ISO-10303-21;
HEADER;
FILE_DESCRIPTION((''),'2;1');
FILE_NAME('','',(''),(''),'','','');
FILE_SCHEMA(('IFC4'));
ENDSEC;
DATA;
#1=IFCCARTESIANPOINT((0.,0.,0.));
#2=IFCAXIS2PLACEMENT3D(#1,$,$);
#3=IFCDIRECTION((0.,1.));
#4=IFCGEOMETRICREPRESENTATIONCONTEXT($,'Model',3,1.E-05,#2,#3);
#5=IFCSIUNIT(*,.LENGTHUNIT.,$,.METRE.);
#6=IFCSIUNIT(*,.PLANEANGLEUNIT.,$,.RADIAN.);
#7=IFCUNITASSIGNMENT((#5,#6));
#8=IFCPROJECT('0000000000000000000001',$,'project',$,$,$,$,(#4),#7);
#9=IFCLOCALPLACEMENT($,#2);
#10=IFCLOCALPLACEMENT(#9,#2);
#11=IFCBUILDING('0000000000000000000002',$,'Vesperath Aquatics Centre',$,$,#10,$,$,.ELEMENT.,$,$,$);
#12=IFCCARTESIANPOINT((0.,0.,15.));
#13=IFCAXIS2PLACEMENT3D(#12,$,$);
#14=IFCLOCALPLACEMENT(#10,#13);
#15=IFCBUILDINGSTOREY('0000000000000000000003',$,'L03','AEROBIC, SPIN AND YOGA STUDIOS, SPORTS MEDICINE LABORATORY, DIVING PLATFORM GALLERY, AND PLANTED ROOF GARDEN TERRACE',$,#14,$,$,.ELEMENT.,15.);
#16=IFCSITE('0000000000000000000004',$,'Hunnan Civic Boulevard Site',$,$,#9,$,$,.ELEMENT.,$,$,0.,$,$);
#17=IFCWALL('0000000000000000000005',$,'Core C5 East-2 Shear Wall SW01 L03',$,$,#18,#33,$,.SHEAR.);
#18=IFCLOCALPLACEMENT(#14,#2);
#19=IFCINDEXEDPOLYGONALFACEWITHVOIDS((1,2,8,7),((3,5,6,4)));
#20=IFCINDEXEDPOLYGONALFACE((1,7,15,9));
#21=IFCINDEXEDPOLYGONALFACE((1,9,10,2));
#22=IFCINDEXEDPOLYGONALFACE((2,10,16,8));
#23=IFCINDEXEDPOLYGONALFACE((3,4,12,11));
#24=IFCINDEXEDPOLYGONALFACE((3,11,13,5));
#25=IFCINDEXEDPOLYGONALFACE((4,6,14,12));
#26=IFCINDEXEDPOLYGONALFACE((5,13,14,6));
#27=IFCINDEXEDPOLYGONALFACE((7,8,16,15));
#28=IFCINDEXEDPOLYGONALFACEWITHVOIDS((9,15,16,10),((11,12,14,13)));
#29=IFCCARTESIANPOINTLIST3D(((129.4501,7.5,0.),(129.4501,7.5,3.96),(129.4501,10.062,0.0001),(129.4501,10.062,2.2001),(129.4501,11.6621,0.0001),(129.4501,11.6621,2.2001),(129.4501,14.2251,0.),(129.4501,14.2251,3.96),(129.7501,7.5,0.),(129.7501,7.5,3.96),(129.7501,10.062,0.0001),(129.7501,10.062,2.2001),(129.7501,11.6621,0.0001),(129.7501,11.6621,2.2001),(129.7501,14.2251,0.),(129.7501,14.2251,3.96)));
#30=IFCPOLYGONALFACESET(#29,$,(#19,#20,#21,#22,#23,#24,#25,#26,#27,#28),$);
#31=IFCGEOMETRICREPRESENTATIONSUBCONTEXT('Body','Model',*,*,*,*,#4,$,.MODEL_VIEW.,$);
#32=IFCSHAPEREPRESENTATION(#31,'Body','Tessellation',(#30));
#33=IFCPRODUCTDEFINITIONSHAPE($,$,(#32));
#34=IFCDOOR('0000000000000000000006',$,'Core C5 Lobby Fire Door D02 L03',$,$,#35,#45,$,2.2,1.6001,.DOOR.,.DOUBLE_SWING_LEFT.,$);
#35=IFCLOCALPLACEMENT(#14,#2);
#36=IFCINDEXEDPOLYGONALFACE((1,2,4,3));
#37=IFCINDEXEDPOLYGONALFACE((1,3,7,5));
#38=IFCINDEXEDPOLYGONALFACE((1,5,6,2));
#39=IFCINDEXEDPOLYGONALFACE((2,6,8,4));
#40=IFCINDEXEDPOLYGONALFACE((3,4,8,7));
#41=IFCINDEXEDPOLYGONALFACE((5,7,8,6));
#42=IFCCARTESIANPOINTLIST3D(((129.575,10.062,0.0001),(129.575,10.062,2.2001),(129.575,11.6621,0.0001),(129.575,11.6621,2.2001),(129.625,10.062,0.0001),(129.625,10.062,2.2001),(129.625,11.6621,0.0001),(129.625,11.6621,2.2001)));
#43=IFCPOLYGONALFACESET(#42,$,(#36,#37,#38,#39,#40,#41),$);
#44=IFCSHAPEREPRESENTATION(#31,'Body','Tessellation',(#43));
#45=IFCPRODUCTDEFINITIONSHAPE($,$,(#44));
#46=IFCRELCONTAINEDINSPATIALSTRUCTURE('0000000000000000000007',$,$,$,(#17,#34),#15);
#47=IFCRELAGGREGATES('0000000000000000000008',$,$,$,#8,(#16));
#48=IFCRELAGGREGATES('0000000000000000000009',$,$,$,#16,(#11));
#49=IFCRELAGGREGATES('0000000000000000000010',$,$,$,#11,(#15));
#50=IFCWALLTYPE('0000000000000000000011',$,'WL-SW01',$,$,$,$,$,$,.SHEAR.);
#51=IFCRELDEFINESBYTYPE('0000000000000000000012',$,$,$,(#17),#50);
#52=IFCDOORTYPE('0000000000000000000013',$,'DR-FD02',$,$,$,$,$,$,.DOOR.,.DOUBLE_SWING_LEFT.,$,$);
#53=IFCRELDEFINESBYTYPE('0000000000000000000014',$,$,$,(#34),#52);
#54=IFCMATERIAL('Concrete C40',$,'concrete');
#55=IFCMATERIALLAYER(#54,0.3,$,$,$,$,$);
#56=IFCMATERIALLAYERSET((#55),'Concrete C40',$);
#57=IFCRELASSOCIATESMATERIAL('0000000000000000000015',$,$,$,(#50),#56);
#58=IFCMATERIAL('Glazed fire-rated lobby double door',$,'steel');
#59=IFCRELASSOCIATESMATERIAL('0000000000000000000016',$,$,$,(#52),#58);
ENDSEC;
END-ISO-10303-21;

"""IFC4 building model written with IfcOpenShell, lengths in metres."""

from ifc_helpers import new_model, si_unit, direction, frame, frame_2d, origin, place, context, subcontext, project, spatial, rectangle, extrude, material, layer, layer_set, type_object, element, fill, save


model = new_model("IFC4")

# Units and contexts
model_context = context("Model", 3, precision=1e-05, world=origin(), true_north=direction((0.0, 1.0)))
body_context = subcontext(model_context, "Body", "Model", "MODEL_VIEW")
ifc_project = project(units=[si_unit("LENGTHUNIT", "METRE"), si_unit("PLANEANGLEUNIT", "RADIAN")], contexts=[model_context])

# Site, building, storey
site_placement = place(None, origin())
site = spatial("IfcSite", under=ifc_project, at=site_placement, Name="Hunnan Civic Boulevard Site", CompositionType="ELEMENT", RefElevation=0.0)
building_placement = place(site_placement, origin())
building = spatial("IfcBuilding", under=site, at=building_placement, Name="Vesperath Aquatics Centre", CompositionType="ELEMENT")
storey_placement = place(building_placement, frame((0.0, 0.0, 15.0)))
storey = spatial("IfcBuildingStorey", under=building, at=storey_placement, Name="L03", Description="AEROBIC, SPIN AND YOGA STUDIOS, SPORTS MEDICINE LABORATORY, DIVING PLATFORM GALLERY, AND PLANTED ROOF GARDEN TERRACE", CompositionType="ELEMENT", Elevation=15.0)

# Shared definitions
ifc_material_1 = material(Name="Concrete C40", Category="concrete")

# Wall, opening, door
ifc_layer_1 = layer(ifc_material_1, 0.3)
ifc_layer_set_1 = layer_set([ifc_layer_1], Name="Concrete C40")
wall_type_1 = type_object("IfcWallType", Name="WL-SW01", PredefinedType="SHEAR", material=ifc_layer_set_1)
wall_1_placement = place(storey_placement, frame((129.6001, 7.5, 0.0), z_axis=(0.0, 0.0, 1.0), x_axis=(0.0, 1.0, 0.0)))
wall_1 = element("IfcWall", 1, at=wall_1_placement, inside=storey, type_object=wall_type_1, Name="Core C5 East-2 Shear Wall SW01 L03", PredefinedType="SHEAR", context=body_context, shape_type="SweptSolid", body=[
    extrude(rectangle(XDim=6.7251, YDim=0.3, at=frame_2d((3.3625, 0.0))), origin(), (0.0, 0.0, 1.0), 3.96),
])
opening_1_placement = place(wall_1_placement, frame((2.562, 0.0, 0.0)))
opening_1 = element("IfcOpeningElement", 2, at=opening_1_placement, cuts=wall_1, PredefinedType="OPENING", context=body_context, shape_type="SweptSolid", body=[
    extrude(rectangle(XDim=1.6001, YDim=2.2, at=frame_2d((0.8, 1.1001))), frame((0.0, 0.165, 0.0), z_axis=(0.0, -1.0, 0.0), x_axis=(1.0, 0.0, 0.0)), (0.0, 0.0, 1.0), 0.3298),
])
ifc_material_2 = material(Name="Glazed fire-rated lobby double door", Category="steel")
door_type_1 = type_object("IfcDoorType", Name="DR-FD02", OperationType="DOUBLE_SWING_LEFT", PredefinedType="DOOR", material=ifc_material_2)
door_1_placement = place(opening_1_placement, frame((1.6001, 0.0, 0.0), z_axis=(0.0, 0.0, 1.0), x_axis=(-1.0, 0.0, 0.0)))
door_1 = element("IfcDoor", 3, at=door_1_placement, inside=storey, type_object=door_type_1, Name="Core C5 Lobby Fire Door D02 L03", OperationType="DOUBLE_SWING_LEFT", OverallHeight=2.2, OverallWidth=1.6001, PredefinedType="DOOR", context=body_context, shape_type="SweptSolid", body=[
    extrude(rectangle(XDim=1.6001, YDim=2.2, at=frame_2d((0.8, 1.1001))), frame((0.0, 0.0249, 0.0), z_axis=(0.0, -1.0, 0.0), x_axis=(1.0, 0.0, 0.0)), (0.0, 0.0, 1.0), 0.05),
])
fill(opening_1, door_1)

save(model, "model.ifc")
